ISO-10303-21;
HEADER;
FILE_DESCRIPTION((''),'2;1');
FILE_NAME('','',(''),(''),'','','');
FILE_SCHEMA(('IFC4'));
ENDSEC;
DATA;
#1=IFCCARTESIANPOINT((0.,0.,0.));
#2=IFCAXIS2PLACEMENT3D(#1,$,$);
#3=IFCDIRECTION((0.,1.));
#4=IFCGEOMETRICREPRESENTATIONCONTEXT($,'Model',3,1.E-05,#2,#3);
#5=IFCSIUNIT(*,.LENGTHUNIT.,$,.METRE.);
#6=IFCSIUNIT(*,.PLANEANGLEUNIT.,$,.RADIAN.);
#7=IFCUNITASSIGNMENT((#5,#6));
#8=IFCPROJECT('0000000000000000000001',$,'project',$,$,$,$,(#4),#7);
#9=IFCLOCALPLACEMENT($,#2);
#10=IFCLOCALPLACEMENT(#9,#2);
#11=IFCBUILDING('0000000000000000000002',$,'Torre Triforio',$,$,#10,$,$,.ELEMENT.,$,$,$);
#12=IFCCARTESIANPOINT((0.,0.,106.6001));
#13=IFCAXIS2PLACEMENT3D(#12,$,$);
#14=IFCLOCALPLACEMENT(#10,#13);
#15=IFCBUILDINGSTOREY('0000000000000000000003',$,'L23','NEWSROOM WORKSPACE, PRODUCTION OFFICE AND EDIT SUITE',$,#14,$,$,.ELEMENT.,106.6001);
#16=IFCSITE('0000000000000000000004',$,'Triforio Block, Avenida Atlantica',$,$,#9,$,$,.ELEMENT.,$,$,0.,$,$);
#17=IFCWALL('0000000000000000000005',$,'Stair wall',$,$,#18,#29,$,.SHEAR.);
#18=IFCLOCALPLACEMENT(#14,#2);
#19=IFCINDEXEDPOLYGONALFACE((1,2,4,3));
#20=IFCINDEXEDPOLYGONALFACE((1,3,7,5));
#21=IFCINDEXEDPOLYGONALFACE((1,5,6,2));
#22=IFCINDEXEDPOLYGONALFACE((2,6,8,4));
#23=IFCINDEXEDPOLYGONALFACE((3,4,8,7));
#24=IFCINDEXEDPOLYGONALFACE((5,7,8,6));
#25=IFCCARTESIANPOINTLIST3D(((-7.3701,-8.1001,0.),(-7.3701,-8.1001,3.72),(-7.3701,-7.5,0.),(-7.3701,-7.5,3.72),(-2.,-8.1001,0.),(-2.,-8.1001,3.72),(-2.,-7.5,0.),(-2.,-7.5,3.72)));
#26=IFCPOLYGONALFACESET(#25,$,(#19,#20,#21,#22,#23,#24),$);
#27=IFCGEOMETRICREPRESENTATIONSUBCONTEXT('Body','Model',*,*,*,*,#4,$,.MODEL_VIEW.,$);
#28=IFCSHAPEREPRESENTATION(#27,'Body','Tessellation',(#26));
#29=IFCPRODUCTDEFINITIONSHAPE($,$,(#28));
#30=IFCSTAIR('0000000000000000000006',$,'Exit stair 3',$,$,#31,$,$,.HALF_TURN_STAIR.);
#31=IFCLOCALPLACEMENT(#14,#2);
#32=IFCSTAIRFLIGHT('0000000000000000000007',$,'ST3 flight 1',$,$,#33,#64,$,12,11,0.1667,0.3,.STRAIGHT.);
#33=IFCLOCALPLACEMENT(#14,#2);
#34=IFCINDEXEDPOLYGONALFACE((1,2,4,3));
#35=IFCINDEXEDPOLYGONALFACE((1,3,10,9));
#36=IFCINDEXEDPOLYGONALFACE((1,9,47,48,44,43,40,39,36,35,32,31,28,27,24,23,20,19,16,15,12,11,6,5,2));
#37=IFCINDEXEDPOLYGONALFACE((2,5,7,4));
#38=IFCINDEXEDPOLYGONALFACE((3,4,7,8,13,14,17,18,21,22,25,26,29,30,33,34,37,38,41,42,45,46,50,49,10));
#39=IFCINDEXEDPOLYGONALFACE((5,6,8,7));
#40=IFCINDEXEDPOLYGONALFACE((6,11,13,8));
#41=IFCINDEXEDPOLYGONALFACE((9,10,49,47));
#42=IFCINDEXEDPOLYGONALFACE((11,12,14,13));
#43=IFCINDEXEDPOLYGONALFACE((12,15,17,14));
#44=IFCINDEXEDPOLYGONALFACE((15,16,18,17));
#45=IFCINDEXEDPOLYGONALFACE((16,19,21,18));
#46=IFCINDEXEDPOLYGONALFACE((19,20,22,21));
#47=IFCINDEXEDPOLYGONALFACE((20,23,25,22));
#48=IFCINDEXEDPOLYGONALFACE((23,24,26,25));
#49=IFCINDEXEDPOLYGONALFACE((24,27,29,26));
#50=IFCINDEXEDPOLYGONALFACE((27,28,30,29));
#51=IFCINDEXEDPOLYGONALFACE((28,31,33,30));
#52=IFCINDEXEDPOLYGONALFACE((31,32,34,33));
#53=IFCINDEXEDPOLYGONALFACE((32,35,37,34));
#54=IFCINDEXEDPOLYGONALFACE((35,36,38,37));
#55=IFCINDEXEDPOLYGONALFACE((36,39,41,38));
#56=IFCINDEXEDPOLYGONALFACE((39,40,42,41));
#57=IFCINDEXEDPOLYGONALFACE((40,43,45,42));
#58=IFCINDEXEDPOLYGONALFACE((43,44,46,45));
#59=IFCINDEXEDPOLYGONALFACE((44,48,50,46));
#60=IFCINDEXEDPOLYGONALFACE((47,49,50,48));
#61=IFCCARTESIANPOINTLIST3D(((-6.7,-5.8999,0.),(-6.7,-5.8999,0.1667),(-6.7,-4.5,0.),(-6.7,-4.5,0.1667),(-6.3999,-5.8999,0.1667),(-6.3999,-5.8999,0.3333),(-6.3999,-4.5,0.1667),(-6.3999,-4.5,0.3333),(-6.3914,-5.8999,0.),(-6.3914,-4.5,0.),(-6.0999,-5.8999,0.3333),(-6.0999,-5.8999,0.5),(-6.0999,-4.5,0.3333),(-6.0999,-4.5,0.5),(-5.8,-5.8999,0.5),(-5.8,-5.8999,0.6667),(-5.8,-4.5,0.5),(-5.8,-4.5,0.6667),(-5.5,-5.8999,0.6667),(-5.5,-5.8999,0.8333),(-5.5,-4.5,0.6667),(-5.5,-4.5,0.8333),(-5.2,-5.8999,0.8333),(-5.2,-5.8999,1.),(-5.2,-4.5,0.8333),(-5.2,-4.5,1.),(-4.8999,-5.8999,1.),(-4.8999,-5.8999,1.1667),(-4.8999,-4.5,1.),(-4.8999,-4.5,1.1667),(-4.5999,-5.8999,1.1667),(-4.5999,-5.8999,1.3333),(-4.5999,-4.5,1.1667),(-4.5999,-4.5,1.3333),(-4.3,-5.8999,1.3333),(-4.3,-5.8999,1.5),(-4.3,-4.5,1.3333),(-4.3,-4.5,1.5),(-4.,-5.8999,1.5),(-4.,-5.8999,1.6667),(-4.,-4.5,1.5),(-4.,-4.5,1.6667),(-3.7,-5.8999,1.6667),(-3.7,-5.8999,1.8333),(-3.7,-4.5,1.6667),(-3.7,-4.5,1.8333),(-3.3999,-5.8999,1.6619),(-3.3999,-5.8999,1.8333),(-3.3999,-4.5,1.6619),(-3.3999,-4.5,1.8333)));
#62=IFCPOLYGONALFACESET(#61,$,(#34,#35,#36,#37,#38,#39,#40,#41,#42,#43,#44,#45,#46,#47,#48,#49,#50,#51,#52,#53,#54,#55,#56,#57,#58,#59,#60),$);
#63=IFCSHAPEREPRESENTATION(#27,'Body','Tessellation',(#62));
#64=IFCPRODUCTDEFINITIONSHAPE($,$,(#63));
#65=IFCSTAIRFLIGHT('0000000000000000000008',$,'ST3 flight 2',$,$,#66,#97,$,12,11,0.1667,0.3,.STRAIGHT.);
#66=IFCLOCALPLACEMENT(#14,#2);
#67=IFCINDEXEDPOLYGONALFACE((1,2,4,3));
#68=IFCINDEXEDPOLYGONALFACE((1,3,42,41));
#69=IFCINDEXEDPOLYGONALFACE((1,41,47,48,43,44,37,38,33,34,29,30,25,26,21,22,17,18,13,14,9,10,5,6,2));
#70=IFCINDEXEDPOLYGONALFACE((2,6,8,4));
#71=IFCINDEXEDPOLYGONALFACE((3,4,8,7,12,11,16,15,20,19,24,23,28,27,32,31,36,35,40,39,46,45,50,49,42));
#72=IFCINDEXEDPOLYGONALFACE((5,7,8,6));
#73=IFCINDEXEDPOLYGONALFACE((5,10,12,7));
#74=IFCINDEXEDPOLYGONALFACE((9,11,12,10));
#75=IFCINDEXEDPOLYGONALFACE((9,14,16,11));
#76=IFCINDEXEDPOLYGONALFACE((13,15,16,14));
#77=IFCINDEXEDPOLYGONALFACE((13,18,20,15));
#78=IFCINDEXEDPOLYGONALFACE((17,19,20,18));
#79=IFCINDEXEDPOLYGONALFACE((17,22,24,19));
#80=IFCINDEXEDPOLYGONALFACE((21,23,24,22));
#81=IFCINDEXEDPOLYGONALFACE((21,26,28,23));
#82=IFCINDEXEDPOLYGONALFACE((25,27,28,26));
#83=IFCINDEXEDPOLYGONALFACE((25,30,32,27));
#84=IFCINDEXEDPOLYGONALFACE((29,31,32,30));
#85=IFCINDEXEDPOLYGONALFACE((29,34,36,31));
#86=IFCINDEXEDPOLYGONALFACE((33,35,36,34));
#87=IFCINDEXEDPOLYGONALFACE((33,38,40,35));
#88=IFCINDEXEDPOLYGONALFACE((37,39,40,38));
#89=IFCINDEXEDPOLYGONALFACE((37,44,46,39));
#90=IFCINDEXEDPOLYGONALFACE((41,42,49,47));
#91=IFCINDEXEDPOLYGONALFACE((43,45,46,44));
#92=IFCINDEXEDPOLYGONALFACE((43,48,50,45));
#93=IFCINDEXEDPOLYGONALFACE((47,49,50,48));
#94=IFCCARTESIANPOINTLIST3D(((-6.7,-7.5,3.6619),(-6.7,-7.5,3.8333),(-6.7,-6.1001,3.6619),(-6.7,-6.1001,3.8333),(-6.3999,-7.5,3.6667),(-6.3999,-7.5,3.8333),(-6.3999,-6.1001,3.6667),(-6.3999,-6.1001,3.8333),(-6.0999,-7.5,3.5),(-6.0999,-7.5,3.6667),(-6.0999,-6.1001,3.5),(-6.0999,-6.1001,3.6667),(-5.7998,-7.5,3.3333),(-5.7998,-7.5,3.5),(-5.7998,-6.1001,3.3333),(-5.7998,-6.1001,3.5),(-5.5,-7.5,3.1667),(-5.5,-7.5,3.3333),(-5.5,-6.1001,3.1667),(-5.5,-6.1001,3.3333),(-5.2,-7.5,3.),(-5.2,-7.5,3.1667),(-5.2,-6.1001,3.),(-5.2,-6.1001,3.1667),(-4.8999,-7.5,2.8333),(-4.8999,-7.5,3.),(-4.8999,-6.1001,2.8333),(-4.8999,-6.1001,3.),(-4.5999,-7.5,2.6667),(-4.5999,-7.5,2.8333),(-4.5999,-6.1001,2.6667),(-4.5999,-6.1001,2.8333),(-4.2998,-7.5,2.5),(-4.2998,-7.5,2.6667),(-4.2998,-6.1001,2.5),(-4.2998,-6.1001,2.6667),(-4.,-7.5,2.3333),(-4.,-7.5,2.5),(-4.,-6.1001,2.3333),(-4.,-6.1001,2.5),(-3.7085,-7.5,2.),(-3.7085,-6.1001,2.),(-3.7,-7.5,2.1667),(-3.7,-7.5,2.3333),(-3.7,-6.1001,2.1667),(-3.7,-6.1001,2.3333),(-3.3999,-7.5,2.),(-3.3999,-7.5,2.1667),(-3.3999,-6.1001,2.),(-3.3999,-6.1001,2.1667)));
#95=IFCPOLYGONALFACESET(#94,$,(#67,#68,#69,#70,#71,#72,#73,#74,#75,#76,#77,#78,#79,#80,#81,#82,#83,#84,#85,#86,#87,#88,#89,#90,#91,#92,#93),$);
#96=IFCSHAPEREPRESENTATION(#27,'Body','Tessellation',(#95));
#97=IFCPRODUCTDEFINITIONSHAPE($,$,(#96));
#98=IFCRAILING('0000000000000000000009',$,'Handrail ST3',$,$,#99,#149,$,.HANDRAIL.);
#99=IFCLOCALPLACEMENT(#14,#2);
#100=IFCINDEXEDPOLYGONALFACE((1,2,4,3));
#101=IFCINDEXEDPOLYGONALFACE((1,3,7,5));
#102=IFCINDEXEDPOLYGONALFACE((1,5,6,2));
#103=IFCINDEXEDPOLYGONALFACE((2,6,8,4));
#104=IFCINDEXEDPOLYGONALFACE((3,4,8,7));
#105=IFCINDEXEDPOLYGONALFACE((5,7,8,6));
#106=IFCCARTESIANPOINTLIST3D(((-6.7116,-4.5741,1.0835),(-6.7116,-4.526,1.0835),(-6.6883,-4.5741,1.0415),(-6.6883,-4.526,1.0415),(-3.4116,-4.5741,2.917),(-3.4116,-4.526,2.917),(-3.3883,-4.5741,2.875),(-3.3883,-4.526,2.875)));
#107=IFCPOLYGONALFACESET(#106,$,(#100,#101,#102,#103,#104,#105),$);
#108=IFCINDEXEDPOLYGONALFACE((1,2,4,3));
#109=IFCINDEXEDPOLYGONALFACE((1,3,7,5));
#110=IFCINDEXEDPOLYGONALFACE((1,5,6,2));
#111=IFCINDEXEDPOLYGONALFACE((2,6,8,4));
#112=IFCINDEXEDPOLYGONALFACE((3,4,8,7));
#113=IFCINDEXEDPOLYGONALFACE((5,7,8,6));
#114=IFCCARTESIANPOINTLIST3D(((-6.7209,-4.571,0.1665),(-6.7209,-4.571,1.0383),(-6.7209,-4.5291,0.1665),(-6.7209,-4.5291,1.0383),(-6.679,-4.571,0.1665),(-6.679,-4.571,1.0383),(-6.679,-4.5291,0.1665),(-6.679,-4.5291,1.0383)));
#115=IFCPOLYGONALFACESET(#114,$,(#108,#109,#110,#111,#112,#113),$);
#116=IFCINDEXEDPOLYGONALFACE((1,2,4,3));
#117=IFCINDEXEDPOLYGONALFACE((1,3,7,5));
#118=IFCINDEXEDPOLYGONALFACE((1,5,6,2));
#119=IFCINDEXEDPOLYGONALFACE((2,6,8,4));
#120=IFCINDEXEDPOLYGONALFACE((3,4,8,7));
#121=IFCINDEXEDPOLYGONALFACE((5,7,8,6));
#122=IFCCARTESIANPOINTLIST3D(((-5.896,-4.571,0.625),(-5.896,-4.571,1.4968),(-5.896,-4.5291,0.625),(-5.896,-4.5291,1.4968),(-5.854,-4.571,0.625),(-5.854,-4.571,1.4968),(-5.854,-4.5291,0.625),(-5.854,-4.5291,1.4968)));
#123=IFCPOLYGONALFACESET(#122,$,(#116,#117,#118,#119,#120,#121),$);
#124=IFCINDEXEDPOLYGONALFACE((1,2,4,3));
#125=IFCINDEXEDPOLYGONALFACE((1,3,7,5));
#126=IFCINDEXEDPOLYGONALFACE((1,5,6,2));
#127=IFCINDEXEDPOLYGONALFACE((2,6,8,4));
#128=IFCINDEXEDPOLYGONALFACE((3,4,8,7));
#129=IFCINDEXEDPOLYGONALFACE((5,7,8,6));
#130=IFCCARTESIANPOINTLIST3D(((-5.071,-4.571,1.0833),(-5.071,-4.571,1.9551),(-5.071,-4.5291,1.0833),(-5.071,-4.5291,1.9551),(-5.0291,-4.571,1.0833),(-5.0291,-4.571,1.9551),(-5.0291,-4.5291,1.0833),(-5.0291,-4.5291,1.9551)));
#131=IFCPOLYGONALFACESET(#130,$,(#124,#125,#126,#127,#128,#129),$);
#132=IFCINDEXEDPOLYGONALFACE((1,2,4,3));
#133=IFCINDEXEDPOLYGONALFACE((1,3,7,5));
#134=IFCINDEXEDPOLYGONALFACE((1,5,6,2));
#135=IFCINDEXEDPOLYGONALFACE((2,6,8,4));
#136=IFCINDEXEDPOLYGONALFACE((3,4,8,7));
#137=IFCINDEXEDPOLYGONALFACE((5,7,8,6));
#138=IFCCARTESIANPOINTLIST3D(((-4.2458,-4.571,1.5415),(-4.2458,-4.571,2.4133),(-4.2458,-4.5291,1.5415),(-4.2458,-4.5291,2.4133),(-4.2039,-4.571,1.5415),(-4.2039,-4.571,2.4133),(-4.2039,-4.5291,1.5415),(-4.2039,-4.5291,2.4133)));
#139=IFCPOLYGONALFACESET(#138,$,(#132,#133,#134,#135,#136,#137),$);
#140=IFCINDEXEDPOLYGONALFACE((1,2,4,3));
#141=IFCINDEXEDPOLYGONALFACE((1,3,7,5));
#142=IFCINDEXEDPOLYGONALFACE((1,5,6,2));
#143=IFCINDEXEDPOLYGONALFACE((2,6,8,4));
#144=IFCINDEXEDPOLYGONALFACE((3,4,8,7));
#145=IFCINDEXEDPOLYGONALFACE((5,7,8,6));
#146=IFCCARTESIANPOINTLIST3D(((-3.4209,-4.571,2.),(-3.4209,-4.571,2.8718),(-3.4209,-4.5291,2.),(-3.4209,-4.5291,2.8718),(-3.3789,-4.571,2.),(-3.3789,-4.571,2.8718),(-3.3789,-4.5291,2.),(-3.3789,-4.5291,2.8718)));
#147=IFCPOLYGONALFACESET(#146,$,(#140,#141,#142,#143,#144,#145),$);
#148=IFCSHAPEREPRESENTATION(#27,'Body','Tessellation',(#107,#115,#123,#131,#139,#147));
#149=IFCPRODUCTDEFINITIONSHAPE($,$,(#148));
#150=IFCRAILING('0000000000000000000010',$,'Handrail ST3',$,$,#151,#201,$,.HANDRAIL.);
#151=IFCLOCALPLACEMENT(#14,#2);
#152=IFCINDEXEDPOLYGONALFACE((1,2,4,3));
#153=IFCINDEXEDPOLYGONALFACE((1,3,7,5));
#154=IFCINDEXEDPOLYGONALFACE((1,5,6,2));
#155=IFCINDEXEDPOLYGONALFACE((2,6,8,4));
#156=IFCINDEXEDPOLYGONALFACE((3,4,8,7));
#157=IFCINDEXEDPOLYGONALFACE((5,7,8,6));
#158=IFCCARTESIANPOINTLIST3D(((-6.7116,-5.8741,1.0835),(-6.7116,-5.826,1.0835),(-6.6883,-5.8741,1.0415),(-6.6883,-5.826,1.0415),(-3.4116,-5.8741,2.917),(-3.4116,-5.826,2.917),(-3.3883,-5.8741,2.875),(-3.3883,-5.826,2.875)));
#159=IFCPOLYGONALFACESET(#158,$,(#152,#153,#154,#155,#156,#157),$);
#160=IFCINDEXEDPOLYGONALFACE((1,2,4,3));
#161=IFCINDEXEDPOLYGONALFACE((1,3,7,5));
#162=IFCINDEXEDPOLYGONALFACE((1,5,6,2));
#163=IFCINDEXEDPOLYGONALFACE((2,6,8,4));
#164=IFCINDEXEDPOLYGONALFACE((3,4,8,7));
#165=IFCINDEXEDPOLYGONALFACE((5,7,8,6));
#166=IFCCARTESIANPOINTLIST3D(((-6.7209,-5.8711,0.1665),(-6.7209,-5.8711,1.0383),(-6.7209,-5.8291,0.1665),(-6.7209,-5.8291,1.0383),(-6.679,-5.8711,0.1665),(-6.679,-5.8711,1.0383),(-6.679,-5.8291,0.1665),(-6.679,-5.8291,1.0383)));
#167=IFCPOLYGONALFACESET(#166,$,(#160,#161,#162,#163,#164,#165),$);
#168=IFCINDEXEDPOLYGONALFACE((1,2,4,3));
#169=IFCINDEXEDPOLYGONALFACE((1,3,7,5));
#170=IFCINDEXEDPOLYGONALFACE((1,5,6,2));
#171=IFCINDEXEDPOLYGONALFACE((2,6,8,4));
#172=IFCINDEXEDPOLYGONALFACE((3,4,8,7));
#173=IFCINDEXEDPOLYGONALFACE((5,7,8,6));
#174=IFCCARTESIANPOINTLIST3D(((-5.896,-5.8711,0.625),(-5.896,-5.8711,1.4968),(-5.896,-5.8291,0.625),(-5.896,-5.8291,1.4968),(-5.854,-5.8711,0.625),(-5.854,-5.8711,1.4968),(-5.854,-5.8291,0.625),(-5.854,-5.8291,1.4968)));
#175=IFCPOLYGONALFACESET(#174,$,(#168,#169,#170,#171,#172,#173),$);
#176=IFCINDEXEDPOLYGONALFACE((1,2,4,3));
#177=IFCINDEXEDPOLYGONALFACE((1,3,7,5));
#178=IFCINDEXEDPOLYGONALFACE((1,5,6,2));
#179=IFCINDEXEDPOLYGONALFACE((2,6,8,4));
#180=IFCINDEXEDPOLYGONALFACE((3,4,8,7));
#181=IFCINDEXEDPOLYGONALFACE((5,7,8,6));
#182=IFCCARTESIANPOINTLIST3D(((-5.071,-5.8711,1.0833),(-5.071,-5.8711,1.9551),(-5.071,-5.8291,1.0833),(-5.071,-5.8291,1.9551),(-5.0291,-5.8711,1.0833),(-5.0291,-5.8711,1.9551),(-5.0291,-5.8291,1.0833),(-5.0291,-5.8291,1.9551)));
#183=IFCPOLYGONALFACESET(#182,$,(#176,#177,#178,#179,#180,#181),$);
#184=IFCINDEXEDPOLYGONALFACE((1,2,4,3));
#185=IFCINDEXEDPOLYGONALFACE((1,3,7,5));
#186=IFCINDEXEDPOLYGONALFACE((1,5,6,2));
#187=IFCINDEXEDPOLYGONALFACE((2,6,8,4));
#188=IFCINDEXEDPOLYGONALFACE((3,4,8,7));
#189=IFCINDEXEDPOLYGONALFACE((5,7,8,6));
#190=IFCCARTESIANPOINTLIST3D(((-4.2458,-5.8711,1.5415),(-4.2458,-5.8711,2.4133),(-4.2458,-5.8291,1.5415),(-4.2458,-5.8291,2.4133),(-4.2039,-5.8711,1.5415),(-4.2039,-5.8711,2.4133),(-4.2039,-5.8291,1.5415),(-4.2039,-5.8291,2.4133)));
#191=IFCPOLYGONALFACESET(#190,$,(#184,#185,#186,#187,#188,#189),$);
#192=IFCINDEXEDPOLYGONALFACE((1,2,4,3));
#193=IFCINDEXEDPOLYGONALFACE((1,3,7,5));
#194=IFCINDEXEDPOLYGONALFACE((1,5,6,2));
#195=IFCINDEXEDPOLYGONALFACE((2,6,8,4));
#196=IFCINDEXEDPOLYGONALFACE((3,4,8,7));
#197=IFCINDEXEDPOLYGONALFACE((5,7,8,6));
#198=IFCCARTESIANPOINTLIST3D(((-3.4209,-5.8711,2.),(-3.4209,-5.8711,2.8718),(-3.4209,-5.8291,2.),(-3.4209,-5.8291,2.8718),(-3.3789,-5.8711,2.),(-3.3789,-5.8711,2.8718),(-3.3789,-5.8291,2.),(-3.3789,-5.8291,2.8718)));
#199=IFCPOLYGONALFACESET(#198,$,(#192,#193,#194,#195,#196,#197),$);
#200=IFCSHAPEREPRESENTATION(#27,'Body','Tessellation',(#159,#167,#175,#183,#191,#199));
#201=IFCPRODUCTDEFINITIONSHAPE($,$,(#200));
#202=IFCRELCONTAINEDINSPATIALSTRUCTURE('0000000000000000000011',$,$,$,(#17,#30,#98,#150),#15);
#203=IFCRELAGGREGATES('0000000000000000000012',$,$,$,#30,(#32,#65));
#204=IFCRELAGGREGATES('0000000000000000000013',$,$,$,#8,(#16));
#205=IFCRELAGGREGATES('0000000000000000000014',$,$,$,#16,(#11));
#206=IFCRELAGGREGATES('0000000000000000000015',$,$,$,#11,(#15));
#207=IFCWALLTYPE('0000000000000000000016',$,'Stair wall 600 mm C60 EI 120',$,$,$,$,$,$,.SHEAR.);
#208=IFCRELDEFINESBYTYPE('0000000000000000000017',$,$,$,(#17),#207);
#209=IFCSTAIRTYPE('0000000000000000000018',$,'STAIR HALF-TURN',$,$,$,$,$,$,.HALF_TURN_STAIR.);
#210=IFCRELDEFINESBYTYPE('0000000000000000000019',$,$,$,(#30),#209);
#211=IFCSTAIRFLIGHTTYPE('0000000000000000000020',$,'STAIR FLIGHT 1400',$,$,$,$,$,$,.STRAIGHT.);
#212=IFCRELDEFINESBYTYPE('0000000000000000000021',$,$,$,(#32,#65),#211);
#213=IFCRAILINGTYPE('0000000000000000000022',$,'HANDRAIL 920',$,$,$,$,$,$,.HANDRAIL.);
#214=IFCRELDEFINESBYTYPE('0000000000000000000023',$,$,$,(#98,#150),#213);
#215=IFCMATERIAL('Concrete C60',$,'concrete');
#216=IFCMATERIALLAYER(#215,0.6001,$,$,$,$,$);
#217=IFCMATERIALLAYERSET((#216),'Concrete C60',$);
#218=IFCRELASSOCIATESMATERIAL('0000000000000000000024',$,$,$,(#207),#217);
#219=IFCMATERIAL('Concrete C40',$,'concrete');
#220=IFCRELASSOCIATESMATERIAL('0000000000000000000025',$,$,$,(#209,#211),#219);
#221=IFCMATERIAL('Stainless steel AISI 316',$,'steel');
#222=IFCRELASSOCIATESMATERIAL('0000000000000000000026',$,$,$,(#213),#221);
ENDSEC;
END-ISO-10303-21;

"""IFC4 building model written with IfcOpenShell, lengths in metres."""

from ifc_helpers import new_model, si_unit, direction, frame, frame_2d, origin, origin_2d, place, context, subcontext, project, spatial, polyline, rectangle, outline, extrude, material, layer, layer_set, type_object, element, aggregate, save


model = new_model("IFC4")

# Units and contexts
model_context = context("Model", 3, precision=1e-05, world=origin(), true_north=direction((0.0, 1.0)))
body_context = subcontext(model_context, "Body", "Model", "MODEL_VIEW")
ifc_project = project(units=[si_unit("LENGTHUNIT", "METRE"), si_unit("PLANEANGLEUNIT", "RADIAN")], contexts=[model_context])

# Site, building, storey
site_placement = place(None, origin())
site = spatial("IfcSite", under=ifc_project, at=site_placement, Name="Triforio Block, Avenida Atlantica", CompositionType="ELEMENT", RefElevation=0.0)
building_placement = place(site_placement, origin())
building = spatial("IfcBuilding", under=site, at=building_placement, Name="Torre Triforio", CompositionType="ELEMENT")
storey_placement = place(building_placement, frame((0.0, 0.0, 106.6001)))
storey = spatial("IfcBuildingStorey", under=building, at=storey_placement, Name="L23", Description="NEWSROOM WORKSPACE, PRODUCTION OFFICE AND EDIT SUITE", CompositionType="ELEMENT", Elevation=106.6001)

# Shared definitions
ifc_material_1 = material(Name="Concrete C60", Category="concrete")

# Wall
ifc_layer_1 = layer(ifc_material_1, 0.6001)
ifc_layer_set_1 = layer_set([ifc_layer_1], Name="Concrete C60")
wall_type_1 = type_object("IfcWallType", Name="Stair wall 600 mm C60 EI 120", PredefinedType="SHEAR", material=ifc_layer_set_1)
wall_1_placement = place(storey_placement, frame((-7.3701, -7.8, 0.0), z_axis=(0.0, 0.0, 1.0), x_axis=(1.0, 0.0, 0.0)))
element("IfcWall", 1, at=wall_1_placement, inside=storey, type_object=wall_type_1, Name="Stair wall", PredefinedType="SHEAR", context=body_context, shape_type="SweptSolid", body=[
    extrude(rectangle(XDim=5.3701, YDim=0.6001, at=frame_2d((2.6851, 0.0))), origin(), (0.0, 0.0, 1.0), 3.72),
])

# Stair, stair flights
ifc_material_2 = material(Name="Concrete C40", Category="concrete")
stair_type = type_object("IfcStairType", Name="STAIR HALF-TURN", PredefinedType="HALF_TURN_STAIR", material=ifc_material_2)
stair_placement = place(storey_placement, origin())
stair = element("IfcStair", 2, at=stair_placement, inside=storey, type_object=stair_type, Name="Exit stair 3", PredefinedType="HALF_TURN_STAIR")
stair_flight_type = type_object("IfcStairFlightType", Name="STAIR FLIGHT 1400", PredefinedType="STRAIGHT", material=ifc_material_2)
stair_flight_1_placement = place(storey_placement, frame((-6.7, -5.2, 0.0), z_axis=(0.0, 0.0, 1.0), x_axis=(1.0, 0.0, 0.0)))
stair_flight_1 = element("IfcStairFlight", 3, at=stair_flight_1_placement, type_object=stair_flight_type, Name="ST3 flight 1", NumberOfRisers=12, NumberOfTreads=11, PredefinedType="STRAIGHT", RiserHeight=0.1667, TreadLength=0.3, context=body_context, shape_type="SweptSolid", body=[
    extrude(outline(polyline([(0.0, 0.0), (0.0, 0.1667), (0.3, 0.1667), (0.3, 0.3333), (0.6001, 0.3333), (0.6001, 0.5), (0.8999, 0.5), (0.8999, 0.6667), (1.2, 0.6667), (1.2, 0.8333), (1.5, 0.8333), (1.5, 1.0), (1.8, 1.0), (1.8, 1.1667), (2.1001, 1.1667), (2.1001, 1.3333), (2.3999, 1.3333), (2.3999, 1.5), (2.7, 1.5), (2.7, 1.6667), (3.0, 1.6667), (3.0, 1.8333), (3.3, 1.8333), (3.3, 2.0), (3.3, 1.6619), (0.3086, 0.0), (0.0, 0.0)])), frame((0.0, 0.7, 0.0), z_axis=(0.0, -1.0, 0.0), x_axis=(1.0, 0.0, 0.0)), (0.0, 0.0, 1.0), 1.3999),
])
stair_flight_2_placement = place(storey_placement, frame((-3.3999, -6.8, 2.0), z_axis=(0.0, 0.0, 1.0), x_axis=(-1.0, 0.0, 0.0)))
stair_flight_2 = element("IfcStairFlight", 4, at=stair_flight_2_placement, type_object=stair_flight_type, Name="ST3 flight 2", NumberOfRisers=12, NumberOfTreads=11, PredefinedType="STRAIGHT", RiserHeight=0.1667, TreadLength=0.3, context=body_context, shape_type="SweptSolid", body=[
    extrude(outline(polyline([(0.0, 0.0), (0.0, 0.1667), (0.3, 0.1667), (0.3, 0.3333), (0.6001, 0.3333), (0.6001, 0.5), (0.8999, 0.5), (0.8999, 0.6667), (1.2, 0.6667), (1.2, 0.8333), (1.5, 0.8333), (1.5, 1.0), (1.8, 1.0), (1.8, 1.1667), (2.1001, 1.1667), (2.1001, 1.3333), (2.3999, 1.3333), (2.3999, 1.5), (2.7, 1.5), (2.7, 1.6667), (3.0, 1.6667), (3.0, 1.8333), (3.3, 1.8333), (3.3, 2.0), (3.3, 1.6619), (0.3086, 0.0), (0.0, 0.0)])), frame((0.0, 0.7, 0.0), z_axis=(0.0, -1.0, 0.0), x_axis=(1.0, 0.0, 0.0)), (0.0, 0.0, 1.0), 1.3999),
])
aggregate(stair, [stair_flight_1, stair_flight_2])

# Railings
ifc_material_3 = material(Name="Stainless steel AISI 316", Category="steel")
railing_type = type_object("IfcRailingType", Name="HANDRAIL 920", PredefinedType="HANDRAIL", material=ifc_material_3)
for number, where, name in (
    (5, (-6.7, -4.55, 0.1665), "Handrail ST3"),
    (6, (-6.7, -5.8501, 0.1665), "Handrail ST3"),
):
    element("IfcRailing", number, at=place(storey_placement, frame(where)), inside=storey, type_object=railing_type, Name=name, PredefinedType="HANDRAIL", context=body_context, shape_type="SweptSolid", body=[
        extrude(rectangle(XDim=0.0481, YDim=0.0481, at=origin_2d()), frame((0.0, 0.0, 0.896), z_axis=(0.874142, 0.0, 0.48567), x_axis=(0.0, 1.0, 0.0)), (0.0, 0.0, 1.0), 3.7751),
        extrude(rectangle(XDim=0.042, YDim=0.042, at=origin_2d()), origin(), (0.0, 0.0, 1.0), 0.8718),
        extrude(rectangle(XDim=0.042, YDim=0.042, at=origin_2d()), frame((0.825, 0.0, 0.4585)), (0.0, 0.0, 1.0), 0.8718),
        extrude(rectangle(XDim=0.042, YDim=0.042, at=origin_2d()), frame((1.6499, 0.0, 0.9167)), (0.0, 0.0, 1.0), 0.8718),
        extrude(rectangle(XDim=0.042, YDim=0.042, at=origin_2d()), frame((2.4751, 0.0, 1.375)), (0.0, 0.0, 1.0), 0.8718),
        extrude(rectangle(XDim=0.042, YDim=0.042, at=origin_2d()), frame((3.3, 0.0, 1.8335)), (0.0, 0.0, 1.0), 0.8718),
    ])

save(model, "model.ifc")
